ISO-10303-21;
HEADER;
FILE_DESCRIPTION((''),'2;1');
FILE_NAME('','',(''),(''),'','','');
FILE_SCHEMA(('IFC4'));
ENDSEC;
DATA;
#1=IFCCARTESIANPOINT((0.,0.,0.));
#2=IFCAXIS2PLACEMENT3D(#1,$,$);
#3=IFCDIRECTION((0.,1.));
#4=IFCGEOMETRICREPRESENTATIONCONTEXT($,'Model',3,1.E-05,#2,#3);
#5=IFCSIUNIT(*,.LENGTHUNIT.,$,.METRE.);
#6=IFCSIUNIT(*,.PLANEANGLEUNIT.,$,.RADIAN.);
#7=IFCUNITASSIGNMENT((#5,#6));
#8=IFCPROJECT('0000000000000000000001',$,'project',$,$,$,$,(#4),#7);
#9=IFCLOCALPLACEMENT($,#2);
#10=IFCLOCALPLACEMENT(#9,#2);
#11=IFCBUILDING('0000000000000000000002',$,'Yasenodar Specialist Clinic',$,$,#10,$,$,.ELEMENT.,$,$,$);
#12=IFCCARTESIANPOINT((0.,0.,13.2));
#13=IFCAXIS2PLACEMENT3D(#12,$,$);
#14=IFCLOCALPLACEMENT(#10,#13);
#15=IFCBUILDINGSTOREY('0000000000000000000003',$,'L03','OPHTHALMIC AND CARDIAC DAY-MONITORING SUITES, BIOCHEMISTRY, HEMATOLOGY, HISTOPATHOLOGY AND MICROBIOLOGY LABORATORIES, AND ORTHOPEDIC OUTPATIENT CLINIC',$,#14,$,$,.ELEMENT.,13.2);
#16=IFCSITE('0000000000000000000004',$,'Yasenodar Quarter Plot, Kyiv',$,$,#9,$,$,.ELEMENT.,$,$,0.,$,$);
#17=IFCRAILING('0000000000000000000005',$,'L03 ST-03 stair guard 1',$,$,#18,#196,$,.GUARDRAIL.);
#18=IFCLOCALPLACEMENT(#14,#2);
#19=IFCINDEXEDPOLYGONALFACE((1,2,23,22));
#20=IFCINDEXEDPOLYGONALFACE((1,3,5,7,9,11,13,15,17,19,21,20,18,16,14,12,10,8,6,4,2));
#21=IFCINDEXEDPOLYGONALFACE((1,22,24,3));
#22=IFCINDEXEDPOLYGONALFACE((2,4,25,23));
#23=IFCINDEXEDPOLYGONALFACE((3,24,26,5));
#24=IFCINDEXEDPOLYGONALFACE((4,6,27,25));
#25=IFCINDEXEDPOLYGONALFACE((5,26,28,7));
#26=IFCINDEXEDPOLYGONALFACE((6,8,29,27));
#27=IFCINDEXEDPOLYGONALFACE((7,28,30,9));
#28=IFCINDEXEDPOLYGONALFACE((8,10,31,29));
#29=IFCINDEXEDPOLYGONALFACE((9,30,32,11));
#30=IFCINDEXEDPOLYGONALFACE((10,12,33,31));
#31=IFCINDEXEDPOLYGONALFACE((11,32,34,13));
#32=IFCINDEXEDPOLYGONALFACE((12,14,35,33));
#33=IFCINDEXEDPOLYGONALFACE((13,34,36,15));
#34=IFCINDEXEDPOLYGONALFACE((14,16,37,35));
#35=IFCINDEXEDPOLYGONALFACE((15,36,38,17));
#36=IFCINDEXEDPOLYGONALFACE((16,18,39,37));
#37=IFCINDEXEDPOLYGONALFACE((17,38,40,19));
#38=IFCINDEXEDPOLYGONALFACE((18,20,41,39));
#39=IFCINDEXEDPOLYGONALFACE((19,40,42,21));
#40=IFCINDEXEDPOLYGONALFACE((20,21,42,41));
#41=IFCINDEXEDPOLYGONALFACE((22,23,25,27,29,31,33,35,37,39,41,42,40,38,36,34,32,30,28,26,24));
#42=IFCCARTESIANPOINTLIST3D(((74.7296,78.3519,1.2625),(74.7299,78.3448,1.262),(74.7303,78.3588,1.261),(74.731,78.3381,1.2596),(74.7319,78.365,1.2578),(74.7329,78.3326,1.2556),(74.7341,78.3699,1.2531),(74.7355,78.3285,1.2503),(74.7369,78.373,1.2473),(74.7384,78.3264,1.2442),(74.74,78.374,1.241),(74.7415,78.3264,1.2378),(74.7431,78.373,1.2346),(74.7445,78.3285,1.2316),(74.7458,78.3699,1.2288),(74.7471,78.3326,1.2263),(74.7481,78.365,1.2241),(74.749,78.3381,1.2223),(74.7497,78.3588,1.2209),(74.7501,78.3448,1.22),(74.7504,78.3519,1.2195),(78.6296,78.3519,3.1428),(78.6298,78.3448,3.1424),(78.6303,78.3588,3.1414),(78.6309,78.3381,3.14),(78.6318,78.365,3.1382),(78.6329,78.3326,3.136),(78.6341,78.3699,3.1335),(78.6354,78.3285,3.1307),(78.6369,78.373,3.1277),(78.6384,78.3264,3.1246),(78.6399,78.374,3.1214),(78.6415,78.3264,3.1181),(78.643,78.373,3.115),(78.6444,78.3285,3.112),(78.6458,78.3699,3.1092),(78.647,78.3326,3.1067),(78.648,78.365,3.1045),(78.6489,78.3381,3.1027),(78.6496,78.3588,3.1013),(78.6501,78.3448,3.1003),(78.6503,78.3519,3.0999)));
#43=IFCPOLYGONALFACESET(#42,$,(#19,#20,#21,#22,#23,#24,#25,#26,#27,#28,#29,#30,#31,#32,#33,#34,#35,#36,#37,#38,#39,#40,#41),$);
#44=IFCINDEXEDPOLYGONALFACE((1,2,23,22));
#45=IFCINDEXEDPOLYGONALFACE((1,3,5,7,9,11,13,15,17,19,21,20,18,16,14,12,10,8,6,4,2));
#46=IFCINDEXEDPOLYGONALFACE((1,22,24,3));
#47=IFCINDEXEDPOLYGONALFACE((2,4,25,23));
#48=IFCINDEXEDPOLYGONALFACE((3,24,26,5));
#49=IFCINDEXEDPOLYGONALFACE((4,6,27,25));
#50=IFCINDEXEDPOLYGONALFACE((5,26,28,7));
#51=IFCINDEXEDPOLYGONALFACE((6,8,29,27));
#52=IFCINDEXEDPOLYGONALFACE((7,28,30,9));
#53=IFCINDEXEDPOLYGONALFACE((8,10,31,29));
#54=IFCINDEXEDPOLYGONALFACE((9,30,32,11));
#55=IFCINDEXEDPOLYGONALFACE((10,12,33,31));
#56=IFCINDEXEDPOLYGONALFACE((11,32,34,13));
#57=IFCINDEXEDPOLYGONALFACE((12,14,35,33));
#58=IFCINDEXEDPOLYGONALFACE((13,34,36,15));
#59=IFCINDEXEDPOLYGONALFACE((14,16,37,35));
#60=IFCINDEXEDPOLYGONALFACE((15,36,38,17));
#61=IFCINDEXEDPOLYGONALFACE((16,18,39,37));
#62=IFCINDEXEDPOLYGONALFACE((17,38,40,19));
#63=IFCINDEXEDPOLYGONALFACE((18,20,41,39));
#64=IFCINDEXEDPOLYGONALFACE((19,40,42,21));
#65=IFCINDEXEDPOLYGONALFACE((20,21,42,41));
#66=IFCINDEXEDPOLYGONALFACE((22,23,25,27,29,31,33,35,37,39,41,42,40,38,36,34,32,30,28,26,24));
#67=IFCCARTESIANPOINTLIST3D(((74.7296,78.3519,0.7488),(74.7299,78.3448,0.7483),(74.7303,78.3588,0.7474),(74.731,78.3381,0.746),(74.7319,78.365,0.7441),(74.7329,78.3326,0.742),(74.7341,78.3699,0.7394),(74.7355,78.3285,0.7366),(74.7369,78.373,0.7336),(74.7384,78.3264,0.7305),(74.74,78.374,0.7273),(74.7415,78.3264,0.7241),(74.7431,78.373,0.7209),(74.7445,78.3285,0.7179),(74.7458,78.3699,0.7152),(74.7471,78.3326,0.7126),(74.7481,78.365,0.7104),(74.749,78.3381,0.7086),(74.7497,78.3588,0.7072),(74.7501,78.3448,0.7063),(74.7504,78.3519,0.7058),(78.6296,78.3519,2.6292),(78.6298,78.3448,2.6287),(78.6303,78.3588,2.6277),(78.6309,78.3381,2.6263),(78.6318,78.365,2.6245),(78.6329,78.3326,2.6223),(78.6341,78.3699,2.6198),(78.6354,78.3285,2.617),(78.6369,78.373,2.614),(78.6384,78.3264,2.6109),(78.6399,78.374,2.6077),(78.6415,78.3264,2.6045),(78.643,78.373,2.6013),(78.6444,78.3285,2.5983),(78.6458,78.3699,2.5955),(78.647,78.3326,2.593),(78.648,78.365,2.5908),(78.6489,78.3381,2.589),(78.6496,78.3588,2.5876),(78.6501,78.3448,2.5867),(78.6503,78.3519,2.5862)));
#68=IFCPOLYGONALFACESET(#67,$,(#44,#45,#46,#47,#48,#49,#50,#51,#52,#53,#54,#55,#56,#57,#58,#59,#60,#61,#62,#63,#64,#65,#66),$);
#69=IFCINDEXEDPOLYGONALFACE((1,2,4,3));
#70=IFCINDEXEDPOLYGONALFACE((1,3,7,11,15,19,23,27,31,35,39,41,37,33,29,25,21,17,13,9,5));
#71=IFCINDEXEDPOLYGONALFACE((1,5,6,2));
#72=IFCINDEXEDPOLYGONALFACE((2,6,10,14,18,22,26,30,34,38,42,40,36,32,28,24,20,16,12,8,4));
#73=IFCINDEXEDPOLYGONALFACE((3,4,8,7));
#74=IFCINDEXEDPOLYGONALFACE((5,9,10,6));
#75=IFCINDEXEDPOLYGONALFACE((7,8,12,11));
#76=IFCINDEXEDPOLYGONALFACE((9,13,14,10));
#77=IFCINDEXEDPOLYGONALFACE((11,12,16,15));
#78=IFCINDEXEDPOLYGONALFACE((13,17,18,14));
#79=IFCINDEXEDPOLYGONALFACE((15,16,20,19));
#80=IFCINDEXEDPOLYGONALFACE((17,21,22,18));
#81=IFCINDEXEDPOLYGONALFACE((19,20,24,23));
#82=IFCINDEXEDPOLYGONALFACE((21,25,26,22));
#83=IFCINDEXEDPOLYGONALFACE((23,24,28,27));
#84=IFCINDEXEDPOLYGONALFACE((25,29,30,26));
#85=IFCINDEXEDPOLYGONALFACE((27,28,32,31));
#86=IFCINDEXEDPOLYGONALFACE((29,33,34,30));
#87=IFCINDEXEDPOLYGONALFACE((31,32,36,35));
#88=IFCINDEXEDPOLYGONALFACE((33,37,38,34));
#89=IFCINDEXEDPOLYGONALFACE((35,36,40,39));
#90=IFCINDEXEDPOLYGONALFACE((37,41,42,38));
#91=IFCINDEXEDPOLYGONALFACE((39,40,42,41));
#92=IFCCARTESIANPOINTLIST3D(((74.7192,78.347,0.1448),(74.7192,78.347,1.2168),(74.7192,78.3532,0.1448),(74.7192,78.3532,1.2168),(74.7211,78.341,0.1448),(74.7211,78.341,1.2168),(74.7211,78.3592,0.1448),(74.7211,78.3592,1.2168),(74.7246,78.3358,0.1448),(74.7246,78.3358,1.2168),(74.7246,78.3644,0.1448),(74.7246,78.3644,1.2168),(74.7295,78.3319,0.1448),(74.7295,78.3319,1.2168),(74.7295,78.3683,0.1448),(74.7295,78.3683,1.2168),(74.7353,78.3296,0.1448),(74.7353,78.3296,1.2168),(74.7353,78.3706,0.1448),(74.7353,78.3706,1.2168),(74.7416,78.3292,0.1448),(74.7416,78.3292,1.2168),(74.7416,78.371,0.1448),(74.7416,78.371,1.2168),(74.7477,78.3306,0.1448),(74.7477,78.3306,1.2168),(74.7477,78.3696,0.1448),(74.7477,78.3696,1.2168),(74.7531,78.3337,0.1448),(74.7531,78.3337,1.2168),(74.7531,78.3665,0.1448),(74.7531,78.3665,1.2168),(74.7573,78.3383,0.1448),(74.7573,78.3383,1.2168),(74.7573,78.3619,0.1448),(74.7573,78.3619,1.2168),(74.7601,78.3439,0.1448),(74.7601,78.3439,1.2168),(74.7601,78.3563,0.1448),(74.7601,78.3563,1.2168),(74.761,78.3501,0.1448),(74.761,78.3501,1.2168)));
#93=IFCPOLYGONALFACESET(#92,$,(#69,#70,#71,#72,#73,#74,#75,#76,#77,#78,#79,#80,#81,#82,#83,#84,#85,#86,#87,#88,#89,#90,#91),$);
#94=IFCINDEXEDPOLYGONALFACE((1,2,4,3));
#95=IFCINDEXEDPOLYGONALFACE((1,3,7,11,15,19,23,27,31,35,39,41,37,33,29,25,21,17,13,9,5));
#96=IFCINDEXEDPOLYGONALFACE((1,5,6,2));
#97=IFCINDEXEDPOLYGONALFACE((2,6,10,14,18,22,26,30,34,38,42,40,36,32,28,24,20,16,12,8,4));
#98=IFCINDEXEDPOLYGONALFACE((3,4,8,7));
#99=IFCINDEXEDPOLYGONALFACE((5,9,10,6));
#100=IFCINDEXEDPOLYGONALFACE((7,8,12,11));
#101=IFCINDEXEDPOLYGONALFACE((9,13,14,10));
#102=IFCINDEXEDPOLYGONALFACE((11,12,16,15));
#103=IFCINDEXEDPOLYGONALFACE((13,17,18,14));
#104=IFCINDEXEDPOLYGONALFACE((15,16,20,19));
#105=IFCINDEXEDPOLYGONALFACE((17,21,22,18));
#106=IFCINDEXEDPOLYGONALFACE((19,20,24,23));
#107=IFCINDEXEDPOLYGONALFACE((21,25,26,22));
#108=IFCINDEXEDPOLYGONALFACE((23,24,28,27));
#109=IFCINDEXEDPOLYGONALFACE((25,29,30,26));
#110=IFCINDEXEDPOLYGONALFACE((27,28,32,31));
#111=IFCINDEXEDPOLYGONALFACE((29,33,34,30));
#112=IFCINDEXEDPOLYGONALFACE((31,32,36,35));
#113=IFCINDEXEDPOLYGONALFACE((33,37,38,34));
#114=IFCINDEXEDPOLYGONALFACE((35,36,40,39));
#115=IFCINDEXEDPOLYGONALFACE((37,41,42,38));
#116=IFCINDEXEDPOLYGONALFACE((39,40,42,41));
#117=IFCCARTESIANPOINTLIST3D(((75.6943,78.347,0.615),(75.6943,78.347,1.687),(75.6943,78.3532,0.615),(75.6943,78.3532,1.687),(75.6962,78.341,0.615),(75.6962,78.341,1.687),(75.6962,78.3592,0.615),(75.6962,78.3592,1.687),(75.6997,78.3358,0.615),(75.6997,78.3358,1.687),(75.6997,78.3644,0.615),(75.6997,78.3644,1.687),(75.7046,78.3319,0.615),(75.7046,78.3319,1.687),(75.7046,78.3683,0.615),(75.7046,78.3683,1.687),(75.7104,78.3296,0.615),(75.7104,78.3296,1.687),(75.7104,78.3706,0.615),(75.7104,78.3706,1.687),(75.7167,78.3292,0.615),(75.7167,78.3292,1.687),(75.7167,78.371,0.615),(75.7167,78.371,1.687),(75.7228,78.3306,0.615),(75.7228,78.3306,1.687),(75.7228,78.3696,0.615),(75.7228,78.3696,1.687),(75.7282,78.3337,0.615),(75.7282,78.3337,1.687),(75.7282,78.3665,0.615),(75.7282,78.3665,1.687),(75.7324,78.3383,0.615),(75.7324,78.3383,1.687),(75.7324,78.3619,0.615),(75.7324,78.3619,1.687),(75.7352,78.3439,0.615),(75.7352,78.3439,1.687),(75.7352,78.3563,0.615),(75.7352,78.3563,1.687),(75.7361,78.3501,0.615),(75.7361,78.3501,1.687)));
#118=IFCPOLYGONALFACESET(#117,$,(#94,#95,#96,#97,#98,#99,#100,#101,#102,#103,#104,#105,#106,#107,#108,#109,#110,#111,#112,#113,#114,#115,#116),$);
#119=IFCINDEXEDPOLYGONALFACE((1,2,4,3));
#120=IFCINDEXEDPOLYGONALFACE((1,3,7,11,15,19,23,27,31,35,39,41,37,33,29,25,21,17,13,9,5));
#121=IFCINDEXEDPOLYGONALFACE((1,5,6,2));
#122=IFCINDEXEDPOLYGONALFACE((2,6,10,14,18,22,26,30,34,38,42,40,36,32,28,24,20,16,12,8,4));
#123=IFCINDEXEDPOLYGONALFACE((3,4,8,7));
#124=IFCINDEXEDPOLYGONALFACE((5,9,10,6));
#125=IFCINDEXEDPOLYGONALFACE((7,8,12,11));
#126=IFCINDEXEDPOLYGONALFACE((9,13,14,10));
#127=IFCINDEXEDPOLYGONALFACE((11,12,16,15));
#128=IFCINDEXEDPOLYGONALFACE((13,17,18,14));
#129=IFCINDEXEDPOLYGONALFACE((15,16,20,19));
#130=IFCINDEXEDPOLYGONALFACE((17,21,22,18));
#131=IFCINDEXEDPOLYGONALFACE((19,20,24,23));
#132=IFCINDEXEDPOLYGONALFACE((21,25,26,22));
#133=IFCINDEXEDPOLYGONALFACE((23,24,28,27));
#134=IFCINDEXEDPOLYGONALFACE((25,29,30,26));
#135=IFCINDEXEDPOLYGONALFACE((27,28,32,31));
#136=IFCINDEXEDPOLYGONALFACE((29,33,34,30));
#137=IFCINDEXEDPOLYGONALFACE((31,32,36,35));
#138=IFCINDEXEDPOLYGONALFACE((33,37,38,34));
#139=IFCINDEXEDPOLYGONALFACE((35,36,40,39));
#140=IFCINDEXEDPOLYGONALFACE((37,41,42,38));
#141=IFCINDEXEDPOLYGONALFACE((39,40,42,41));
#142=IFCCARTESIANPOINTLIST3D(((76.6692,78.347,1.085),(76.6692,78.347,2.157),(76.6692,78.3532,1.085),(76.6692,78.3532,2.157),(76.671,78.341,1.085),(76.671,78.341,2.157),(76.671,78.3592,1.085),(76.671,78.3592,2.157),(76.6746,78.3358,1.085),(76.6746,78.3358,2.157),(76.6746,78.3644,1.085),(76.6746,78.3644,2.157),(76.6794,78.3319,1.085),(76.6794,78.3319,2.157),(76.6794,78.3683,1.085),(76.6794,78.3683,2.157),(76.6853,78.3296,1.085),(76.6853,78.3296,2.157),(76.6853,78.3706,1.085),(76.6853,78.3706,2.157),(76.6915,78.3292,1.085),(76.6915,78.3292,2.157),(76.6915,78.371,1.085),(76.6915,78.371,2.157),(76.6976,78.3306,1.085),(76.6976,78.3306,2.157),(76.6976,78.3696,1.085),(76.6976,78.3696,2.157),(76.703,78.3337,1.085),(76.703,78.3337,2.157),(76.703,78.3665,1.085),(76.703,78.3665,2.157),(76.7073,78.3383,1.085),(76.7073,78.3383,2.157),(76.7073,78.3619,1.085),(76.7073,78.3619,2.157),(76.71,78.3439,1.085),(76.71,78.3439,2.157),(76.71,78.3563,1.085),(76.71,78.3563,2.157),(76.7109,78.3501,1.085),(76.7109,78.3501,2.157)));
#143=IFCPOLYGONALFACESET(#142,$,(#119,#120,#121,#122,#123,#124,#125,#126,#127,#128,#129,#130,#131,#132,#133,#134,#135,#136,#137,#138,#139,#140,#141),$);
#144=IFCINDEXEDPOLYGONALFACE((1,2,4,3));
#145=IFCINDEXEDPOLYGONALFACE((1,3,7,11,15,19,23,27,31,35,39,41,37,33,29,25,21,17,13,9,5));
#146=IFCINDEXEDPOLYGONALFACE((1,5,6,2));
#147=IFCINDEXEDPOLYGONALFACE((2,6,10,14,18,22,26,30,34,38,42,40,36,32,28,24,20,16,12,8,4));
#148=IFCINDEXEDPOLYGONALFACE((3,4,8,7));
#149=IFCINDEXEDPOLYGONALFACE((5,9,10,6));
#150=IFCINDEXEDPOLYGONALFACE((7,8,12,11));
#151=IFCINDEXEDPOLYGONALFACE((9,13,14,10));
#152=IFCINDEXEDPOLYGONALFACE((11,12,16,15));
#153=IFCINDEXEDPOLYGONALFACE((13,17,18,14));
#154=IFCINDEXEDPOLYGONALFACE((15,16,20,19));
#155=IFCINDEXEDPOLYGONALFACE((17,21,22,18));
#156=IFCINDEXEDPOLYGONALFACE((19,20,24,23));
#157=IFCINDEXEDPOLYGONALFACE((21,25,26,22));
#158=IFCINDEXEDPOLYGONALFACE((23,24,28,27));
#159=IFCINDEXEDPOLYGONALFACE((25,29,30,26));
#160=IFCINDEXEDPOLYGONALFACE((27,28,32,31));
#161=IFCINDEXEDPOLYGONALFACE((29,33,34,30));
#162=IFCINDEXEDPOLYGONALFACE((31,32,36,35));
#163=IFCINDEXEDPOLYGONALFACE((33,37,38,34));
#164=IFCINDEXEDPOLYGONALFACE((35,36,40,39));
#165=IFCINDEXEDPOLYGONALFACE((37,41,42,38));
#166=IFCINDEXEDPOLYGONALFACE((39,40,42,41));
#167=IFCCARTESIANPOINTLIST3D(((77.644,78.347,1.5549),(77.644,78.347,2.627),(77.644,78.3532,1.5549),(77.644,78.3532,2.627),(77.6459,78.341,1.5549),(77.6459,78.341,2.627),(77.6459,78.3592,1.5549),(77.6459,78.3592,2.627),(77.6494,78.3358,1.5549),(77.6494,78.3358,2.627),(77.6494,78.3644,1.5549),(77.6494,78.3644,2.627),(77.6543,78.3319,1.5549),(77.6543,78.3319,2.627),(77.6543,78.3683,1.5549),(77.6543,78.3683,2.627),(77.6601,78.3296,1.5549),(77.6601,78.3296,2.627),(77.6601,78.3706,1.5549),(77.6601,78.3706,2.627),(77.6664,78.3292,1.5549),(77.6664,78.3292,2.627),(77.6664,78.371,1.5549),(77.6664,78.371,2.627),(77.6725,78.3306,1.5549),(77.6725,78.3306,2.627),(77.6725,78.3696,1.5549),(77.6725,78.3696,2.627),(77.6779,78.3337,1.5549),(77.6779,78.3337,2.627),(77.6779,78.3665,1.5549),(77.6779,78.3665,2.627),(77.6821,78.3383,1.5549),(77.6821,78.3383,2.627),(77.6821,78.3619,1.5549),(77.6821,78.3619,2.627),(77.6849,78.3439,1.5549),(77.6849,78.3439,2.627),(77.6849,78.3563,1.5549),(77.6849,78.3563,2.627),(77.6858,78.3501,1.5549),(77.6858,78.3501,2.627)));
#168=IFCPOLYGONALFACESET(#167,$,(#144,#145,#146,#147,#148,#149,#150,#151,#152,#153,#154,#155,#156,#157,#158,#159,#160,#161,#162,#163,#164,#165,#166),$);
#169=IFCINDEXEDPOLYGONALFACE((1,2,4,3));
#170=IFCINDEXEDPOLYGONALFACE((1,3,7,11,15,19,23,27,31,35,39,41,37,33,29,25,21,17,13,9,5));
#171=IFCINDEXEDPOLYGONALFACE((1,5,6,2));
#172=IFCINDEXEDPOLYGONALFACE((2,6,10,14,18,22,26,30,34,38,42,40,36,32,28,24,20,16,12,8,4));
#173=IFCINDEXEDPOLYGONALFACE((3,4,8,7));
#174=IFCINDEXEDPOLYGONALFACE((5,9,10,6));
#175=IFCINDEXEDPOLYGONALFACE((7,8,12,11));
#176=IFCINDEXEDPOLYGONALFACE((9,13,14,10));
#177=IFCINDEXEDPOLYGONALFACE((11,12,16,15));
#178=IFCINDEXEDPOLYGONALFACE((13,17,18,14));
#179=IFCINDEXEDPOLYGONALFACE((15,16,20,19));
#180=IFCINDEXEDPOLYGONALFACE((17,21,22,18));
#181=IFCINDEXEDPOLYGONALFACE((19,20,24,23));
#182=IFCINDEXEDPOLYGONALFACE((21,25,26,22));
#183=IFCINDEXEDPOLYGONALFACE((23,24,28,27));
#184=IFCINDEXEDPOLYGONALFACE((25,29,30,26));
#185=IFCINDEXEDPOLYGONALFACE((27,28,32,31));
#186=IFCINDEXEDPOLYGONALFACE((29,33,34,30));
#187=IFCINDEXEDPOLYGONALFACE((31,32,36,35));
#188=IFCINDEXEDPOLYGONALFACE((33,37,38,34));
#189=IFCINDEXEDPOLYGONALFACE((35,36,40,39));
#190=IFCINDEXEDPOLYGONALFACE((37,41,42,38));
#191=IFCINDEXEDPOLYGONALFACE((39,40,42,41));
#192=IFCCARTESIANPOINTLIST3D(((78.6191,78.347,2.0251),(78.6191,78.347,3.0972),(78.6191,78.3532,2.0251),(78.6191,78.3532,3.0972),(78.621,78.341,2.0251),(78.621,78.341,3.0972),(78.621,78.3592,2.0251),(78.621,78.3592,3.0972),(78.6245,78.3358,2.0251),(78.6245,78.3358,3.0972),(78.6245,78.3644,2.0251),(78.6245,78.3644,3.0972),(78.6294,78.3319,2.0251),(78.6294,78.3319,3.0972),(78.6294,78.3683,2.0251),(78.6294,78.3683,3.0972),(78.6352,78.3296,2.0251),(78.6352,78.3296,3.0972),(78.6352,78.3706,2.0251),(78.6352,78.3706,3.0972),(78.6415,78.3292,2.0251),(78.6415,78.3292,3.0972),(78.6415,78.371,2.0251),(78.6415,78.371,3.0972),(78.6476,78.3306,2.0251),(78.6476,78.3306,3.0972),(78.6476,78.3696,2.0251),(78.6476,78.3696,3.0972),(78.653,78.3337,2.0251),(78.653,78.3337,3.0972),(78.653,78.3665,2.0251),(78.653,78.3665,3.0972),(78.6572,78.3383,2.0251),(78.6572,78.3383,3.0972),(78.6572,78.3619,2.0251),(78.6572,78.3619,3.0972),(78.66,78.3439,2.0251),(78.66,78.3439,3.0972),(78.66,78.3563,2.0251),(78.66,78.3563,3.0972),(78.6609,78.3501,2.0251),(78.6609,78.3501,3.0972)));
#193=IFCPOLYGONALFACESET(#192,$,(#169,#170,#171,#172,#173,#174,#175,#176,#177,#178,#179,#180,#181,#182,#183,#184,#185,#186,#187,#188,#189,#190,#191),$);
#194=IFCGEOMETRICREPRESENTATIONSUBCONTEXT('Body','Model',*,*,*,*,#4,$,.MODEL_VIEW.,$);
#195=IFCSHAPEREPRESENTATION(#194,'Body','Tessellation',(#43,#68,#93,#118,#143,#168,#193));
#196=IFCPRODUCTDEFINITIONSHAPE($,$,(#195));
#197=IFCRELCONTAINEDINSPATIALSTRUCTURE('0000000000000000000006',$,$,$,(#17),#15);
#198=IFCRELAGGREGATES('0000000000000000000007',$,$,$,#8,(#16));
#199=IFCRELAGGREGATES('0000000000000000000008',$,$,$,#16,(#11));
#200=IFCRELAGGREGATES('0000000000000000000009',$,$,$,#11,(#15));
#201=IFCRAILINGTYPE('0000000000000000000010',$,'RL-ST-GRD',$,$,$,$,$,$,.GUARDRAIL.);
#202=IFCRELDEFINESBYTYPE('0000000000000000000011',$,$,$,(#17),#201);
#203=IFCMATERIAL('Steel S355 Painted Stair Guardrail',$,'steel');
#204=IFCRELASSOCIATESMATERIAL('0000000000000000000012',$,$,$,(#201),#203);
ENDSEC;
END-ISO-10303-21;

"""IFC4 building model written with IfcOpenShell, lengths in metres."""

from ifc_helpers import new_model, si_unit, direction, frame, origin, origin_2d, place, context, subcontext, project, spatial, circle, extrude, material, type_object, element, save


model = new_model("IFC4")

# Units and contexts
model_context = context("Model", 3, precision=1e-05, world=origin(), true_north=direction((0.0, 1.0)))
body_context = subcontext(model_context, "Body", "Model", "MODEL_VIEW")
ifc_project = project(units=[si_unit("LENGTHUNIT", "METRE"), si_unit("PLANEANGLEUNIT", "RADIAN")], contexts=[model_context])

# Site, building, storey
site_placement = place(None, origin())
site = spatial("IfcSite", under=ifc_project, at=site_placement, Name="Yasenodar Quarter Plot, Kyiv", CompositionType="ELEMENT", RefElevation=0.0)
building_placement = place(site_placement, origin())
building = spatial("IfcBuilding", under=site, at=building_placement, Name="Yasenodar Specialist Clinic", CompositionType="ELEMENT")
storey_placement = place(building_placement, frame((0.0, 0.0, 13.2)))
storey = spatial("IfcBuildingStorey", under=building, at=storey_placement, Name="L03", Description="OPHTHALMIC AND CARDIAC DAY-MONITORING SUITES, BIOCHEMISTRY, HEMATOLOGY, HISTOPATHOLOGY AND MICROBIOLOGY LABORATORIES, AND ORTHOPEDIC OUTPATIENT CLINIC", CompositionType="ELEMENT", Elevation=13.2)

# Railing
ifc_material_1 = material(Name="Steel S355 Painted Stair Guardrail", Category="steel")
railing_type_1 = type_object("IfcRailingType", Name="RL-ST-GRD", PredefinedType="GUARDRAIL", material=ifc_material_1)
railing_1_placement = place(storey_placement, frame((74.74, 78.3501, 0.1448)))
element("IfcRailing", 1, at=railing_1_placement, inside=storey, type_object=railing_type_1, Name="L03 ST-03 stair guard 1", PredefinedType="GUARDRAIL", context=body_context, shape_type="SweptSolid", body=[
    extrude(circle(Radius=0.0239, at=origin_2d()), frame((0.0, 0.0, 1.0962), z_axis=(0.900763, 0.0, 0.434311), x_axis=(0.0, 1.0, 0.0)), (0.0, 0.0, 1.0), 4.3296),
    extrude(circle(Radius=0.0239, at=origin_2d()), frame((0.0, 0.0, 0.5825), z_axis=(0.900763, 0.0, 0.434311), x_axis=(0.0, 1.0, 0.0)), (0.0, 0.0, 1.0), 4.3296),
    extrude(circle(Radius=0.021, at=origin_2d()), origin(), (0.0, 0.0, 1.0), 1.072),
    extrude(circle(Radius=0.021, at=origin_2d()), frame((0.9751, 0.0, 0.4702)), (0.0, 0.0, 1.0), 1.072),
    extrude(circle(Radius=0.021, at=origin_2d()), frame((1.95, 0.0, 0.9402)), (0.0, 0.0, 1.0), 1.072),
    extrude(circle(Radius=0.021, at=origin_2d()), frame((2.9248, 0.0, 1.4102)), (0.0, 0.0, 1.0), 1.072),
    extrude(circle(Radius=0.021, at=origin_2d()), frame((3.8999, 0.0, 1.8804)), (0.0, 0.0, 1.0), 1.072),
])

save(model, "model.ifc")
